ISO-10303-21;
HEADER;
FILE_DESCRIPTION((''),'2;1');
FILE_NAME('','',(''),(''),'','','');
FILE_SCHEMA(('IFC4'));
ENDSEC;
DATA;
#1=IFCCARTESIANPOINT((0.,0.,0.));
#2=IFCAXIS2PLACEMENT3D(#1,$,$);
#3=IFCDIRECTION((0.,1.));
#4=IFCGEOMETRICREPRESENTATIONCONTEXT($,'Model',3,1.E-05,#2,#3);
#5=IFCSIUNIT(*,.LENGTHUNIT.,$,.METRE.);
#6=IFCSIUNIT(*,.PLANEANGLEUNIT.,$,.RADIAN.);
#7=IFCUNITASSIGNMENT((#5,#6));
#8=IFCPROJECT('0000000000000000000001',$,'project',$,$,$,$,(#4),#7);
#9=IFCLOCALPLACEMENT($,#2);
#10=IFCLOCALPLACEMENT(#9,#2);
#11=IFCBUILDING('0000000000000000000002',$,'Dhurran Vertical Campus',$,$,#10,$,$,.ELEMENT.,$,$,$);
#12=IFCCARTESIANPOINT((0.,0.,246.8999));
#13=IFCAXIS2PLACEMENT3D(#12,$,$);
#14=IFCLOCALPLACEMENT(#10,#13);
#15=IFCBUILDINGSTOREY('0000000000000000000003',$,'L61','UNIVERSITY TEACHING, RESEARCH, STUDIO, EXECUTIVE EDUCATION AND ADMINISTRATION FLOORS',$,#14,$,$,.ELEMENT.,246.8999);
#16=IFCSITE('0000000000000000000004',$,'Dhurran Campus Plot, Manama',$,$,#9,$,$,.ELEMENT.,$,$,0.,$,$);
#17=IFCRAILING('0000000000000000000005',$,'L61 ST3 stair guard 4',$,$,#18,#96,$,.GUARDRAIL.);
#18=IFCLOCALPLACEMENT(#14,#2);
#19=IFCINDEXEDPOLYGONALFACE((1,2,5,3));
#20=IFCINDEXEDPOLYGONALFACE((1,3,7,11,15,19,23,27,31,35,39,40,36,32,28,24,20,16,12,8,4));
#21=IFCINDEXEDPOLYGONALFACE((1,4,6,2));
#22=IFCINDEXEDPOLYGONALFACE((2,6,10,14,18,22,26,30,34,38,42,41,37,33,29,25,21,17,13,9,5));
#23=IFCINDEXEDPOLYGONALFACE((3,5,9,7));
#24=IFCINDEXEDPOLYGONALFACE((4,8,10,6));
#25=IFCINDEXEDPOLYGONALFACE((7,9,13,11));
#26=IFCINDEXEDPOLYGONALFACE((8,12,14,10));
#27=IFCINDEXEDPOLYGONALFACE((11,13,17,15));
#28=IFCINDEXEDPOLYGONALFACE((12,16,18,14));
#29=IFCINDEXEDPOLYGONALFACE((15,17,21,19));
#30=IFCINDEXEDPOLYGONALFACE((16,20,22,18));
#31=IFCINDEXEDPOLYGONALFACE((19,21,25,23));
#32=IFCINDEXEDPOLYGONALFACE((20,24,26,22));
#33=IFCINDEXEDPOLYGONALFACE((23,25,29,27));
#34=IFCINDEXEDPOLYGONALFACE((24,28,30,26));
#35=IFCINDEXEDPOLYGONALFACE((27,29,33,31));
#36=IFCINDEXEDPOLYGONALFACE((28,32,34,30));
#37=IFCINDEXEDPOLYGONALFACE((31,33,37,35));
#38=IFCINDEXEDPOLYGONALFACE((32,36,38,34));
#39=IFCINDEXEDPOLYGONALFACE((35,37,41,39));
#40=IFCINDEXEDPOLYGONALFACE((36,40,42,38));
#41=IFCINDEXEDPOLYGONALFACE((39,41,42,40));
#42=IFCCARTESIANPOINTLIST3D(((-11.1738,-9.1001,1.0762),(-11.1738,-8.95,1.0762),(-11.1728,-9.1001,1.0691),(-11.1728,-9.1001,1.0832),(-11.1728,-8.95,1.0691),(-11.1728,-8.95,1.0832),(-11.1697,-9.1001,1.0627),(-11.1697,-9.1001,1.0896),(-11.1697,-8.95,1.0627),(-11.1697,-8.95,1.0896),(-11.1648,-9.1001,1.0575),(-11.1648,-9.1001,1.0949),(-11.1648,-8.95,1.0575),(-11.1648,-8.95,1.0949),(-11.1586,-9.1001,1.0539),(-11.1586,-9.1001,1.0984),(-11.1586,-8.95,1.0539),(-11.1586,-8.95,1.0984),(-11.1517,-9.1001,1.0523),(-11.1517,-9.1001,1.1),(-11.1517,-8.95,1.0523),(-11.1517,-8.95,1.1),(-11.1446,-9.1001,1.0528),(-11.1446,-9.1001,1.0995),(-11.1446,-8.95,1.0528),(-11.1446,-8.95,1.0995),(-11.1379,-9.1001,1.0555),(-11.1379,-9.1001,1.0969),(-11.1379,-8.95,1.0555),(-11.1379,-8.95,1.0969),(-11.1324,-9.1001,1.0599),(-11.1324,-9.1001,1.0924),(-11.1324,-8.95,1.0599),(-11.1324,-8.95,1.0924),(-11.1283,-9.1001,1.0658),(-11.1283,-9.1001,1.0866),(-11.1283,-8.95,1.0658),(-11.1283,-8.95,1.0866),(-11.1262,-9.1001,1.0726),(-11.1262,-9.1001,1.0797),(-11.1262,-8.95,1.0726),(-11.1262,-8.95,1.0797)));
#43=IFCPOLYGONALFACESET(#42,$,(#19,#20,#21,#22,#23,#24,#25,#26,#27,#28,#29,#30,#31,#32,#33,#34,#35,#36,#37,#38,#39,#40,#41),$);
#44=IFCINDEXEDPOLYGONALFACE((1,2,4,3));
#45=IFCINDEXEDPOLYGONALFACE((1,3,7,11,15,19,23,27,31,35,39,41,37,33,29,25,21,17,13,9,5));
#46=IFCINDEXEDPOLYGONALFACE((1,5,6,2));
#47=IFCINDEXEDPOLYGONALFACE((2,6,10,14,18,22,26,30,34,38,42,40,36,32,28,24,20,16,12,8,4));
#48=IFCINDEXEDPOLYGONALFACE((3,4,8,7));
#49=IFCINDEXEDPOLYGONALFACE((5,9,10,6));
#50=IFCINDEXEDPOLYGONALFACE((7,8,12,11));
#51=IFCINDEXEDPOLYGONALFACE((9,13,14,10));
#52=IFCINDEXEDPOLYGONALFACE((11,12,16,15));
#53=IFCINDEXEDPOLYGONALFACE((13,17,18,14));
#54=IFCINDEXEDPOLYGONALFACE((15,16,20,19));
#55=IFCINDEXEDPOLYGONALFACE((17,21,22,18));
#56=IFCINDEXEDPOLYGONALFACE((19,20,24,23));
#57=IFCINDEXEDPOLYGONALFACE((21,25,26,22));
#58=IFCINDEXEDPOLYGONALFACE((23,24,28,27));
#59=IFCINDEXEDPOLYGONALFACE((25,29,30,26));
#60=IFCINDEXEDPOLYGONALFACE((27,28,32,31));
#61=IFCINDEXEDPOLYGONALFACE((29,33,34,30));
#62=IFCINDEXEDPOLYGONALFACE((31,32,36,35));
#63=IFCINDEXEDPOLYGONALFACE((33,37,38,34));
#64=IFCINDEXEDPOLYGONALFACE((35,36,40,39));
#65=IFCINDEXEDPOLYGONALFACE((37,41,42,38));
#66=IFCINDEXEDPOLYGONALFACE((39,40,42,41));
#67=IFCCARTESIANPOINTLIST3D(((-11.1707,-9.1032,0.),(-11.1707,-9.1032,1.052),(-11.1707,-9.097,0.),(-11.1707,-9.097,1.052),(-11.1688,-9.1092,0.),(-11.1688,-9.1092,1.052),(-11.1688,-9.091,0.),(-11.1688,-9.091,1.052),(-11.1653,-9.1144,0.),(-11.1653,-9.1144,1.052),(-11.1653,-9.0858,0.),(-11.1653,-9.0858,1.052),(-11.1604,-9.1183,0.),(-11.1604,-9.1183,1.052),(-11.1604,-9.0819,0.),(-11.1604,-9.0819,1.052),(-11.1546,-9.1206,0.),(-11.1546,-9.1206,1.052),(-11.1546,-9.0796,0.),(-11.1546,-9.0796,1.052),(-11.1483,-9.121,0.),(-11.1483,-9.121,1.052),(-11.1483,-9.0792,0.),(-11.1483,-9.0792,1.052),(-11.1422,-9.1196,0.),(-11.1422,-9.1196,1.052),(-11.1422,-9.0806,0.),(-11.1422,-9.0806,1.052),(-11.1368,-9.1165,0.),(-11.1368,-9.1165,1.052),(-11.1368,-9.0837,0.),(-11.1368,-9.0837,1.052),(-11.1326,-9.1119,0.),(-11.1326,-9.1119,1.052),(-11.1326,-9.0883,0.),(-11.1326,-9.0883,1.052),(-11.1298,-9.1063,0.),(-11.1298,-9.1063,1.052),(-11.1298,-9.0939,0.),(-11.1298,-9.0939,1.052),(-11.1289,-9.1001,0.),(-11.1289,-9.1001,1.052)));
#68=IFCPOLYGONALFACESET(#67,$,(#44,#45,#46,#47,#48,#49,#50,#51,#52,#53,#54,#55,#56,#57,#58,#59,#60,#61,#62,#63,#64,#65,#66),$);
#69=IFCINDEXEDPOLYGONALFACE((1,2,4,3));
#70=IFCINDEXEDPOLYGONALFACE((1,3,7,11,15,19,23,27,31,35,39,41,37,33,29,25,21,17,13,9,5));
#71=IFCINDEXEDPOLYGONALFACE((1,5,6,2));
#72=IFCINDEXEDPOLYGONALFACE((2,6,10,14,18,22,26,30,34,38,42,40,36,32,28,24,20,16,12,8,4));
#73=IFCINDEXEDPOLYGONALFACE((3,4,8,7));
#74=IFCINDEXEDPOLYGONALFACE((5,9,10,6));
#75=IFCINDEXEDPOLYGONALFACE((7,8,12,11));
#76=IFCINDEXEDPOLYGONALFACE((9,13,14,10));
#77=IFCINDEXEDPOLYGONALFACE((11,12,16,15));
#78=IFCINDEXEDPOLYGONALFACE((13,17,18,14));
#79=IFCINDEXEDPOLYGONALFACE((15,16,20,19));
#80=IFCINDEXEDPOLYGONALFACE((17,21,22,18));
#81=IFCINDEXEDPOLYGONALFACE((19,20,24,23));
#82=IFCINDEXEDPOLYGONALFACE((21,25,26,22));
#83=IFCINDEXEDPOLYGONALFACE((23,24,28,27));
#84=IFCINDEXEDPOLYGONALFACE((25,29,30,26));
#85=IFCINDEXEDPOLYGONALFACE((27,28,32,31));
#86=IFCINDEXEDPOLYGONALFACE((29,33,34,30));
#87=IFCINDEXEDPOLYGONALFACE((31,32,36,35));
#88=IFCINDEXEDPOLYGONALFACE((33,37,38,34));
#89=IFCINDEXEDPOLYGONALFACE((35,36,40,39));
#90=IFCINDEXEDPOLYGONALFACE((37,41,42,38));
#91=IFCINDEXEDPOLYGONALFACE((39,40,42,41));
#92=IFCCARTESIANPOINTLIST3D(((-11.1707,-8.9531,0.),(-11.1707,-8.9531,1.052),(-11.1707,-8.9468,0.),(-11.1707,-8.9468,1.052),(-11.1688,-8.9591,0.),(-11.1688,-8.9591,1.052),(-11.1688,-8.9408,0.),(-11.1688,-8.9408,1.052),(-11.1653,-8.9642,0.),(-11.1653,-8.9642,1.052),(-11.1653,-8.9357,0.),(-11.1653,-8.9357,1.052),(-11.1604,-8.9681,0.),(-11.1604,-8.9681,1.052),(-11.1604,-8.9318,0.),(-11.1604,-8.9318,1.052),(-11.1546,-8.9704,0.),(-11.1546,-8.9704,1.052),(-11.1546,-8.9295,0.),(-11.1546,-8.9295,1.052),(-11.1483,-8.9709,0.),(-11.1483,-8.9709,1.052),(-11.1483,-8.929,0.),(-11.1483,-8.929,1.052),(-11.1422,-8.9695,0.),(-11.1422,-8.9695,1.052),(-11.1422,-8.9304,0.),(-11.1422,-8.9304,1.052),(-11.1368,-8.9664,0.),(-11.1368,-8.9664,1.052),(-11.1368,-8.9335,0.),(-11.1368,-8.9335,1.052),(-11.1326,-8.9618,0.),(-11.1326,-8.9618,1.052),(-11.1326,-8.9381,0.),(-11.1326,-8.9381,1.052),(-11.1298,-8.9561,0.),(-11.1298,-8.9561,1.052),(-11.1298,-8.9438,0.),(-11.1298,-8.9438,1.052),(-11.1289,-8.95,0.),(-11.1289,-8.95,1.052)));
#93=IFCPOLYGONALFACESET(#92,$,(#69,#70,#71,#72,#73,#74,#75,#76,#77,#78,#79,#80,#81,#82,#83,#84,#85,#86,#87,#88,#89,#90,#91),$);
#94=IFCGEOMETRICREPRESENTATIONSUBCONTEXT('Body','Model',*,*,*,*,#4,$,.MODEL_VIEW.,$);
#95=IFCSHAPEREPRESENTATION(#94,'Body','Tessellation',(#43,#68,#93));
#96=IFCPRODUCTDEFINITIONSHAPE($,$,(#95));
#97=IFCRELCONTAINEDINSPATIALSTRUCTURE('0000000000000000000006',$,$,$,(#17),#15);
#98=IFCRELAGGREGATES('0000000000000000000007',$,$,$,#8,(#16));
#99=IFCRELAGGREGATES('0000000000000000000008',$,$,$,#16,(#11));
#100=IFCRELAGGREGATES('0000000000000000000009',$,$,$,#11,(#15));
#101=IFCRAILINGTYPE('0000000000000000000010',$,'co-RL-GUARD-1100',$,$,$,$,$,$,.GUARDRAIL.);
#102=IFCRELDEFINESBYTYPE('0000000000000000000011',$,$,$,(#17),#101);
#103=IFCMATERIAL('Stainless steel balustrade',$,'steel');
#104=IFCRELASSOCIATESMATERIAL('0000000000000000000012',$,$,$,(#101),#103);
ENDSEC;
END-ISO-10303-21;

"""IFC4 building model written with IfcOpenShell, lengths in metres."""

from ifc_helpers import new_model, si_unit, direction, frame, origin, origin_2d, place, context, subcontext, project, spatial, circle, extrude, material, type_object, element, save


model = new_model("IFC4")

# Units and contexts
model_context = context("Model", 3, precision=1e-05, world=origin(), true_north=direction((0.0, 1.0)))
body_context = subcontext(model_context, "Body", "Model", "MODEL_VIEW")
ifc_project = project(units=[si_unit("LENGTHUNIT", "METRE"), si_unit("PLANEANGLEUNIT", "RADIAN")], contexts=[model_context])

# Site, building, storey
site_placement = place(None, origin())
site = spatial("IfcSite", under=ifc_project, at=site_placement, Name="Dhurran Campus Plot, Manama", CompositionType="ELEMENT", RefElevation=0.0)
building_placement = place(site_placement, origin())
building = spatial("IfcBuilding", under=site, at=building_placement, Name="Dhurran Vertical Campus", CompositionType="ELEMENT")
storey_placement = place(building_placement, frame((0.0, 0.0, 246.8999)))
storey = spatial("IfcBuildingStorey", under=building, at=storey_placement, Name="L61", Description="UNIVERSITY TEACHING, RESEARCH, STUDIO, EXECUTIVE EDUCATION AND ADMINISTRATION FLOORS", CompositionType="ELEMENT", Elevation=246.8999)

# Railing
ifc_material_1 = material(Name="Stainless steel balustrade", Category="steel")
railing_type = type_object("IfcRailingType", Name="co-RL-GUARD-1100", PredefinedType="GUARDRAIL", material=ifc_material_1)
railing_placement = place(storey_placement, frame((-11.1499, -9.1001, 0.0)))
element("IfcRailing", 1, at=railing_placement, inside=storey, type_object=railing_type, Name="L61 ST3 stair guard 4", PredefinedType="GUARDRAIL", context=body_context, shape_type="SweptSolid", body=[
    extrude(circle(Radius=0.0239, at=origin_2d()), frame((0.0, 0.0, 1.0762), z_axis=(0.0, 1.0, 0.0), x_axis=(-1.0, 0.0, 0.0)), (0.0, 0.0, 1.0), 0.1501),
    extrude(circle(Radius=0.021, at=origin_2d()), origin(), (0.0, 0.0, 1.0), 1.052),
    extrude(circle(Radius=0.021, at=origin_2d()), frame((0.0, 0.1501, 0.0)), (0.0, 0.0, 1.0), 1.052),
])

save(model, "model.ifc")
